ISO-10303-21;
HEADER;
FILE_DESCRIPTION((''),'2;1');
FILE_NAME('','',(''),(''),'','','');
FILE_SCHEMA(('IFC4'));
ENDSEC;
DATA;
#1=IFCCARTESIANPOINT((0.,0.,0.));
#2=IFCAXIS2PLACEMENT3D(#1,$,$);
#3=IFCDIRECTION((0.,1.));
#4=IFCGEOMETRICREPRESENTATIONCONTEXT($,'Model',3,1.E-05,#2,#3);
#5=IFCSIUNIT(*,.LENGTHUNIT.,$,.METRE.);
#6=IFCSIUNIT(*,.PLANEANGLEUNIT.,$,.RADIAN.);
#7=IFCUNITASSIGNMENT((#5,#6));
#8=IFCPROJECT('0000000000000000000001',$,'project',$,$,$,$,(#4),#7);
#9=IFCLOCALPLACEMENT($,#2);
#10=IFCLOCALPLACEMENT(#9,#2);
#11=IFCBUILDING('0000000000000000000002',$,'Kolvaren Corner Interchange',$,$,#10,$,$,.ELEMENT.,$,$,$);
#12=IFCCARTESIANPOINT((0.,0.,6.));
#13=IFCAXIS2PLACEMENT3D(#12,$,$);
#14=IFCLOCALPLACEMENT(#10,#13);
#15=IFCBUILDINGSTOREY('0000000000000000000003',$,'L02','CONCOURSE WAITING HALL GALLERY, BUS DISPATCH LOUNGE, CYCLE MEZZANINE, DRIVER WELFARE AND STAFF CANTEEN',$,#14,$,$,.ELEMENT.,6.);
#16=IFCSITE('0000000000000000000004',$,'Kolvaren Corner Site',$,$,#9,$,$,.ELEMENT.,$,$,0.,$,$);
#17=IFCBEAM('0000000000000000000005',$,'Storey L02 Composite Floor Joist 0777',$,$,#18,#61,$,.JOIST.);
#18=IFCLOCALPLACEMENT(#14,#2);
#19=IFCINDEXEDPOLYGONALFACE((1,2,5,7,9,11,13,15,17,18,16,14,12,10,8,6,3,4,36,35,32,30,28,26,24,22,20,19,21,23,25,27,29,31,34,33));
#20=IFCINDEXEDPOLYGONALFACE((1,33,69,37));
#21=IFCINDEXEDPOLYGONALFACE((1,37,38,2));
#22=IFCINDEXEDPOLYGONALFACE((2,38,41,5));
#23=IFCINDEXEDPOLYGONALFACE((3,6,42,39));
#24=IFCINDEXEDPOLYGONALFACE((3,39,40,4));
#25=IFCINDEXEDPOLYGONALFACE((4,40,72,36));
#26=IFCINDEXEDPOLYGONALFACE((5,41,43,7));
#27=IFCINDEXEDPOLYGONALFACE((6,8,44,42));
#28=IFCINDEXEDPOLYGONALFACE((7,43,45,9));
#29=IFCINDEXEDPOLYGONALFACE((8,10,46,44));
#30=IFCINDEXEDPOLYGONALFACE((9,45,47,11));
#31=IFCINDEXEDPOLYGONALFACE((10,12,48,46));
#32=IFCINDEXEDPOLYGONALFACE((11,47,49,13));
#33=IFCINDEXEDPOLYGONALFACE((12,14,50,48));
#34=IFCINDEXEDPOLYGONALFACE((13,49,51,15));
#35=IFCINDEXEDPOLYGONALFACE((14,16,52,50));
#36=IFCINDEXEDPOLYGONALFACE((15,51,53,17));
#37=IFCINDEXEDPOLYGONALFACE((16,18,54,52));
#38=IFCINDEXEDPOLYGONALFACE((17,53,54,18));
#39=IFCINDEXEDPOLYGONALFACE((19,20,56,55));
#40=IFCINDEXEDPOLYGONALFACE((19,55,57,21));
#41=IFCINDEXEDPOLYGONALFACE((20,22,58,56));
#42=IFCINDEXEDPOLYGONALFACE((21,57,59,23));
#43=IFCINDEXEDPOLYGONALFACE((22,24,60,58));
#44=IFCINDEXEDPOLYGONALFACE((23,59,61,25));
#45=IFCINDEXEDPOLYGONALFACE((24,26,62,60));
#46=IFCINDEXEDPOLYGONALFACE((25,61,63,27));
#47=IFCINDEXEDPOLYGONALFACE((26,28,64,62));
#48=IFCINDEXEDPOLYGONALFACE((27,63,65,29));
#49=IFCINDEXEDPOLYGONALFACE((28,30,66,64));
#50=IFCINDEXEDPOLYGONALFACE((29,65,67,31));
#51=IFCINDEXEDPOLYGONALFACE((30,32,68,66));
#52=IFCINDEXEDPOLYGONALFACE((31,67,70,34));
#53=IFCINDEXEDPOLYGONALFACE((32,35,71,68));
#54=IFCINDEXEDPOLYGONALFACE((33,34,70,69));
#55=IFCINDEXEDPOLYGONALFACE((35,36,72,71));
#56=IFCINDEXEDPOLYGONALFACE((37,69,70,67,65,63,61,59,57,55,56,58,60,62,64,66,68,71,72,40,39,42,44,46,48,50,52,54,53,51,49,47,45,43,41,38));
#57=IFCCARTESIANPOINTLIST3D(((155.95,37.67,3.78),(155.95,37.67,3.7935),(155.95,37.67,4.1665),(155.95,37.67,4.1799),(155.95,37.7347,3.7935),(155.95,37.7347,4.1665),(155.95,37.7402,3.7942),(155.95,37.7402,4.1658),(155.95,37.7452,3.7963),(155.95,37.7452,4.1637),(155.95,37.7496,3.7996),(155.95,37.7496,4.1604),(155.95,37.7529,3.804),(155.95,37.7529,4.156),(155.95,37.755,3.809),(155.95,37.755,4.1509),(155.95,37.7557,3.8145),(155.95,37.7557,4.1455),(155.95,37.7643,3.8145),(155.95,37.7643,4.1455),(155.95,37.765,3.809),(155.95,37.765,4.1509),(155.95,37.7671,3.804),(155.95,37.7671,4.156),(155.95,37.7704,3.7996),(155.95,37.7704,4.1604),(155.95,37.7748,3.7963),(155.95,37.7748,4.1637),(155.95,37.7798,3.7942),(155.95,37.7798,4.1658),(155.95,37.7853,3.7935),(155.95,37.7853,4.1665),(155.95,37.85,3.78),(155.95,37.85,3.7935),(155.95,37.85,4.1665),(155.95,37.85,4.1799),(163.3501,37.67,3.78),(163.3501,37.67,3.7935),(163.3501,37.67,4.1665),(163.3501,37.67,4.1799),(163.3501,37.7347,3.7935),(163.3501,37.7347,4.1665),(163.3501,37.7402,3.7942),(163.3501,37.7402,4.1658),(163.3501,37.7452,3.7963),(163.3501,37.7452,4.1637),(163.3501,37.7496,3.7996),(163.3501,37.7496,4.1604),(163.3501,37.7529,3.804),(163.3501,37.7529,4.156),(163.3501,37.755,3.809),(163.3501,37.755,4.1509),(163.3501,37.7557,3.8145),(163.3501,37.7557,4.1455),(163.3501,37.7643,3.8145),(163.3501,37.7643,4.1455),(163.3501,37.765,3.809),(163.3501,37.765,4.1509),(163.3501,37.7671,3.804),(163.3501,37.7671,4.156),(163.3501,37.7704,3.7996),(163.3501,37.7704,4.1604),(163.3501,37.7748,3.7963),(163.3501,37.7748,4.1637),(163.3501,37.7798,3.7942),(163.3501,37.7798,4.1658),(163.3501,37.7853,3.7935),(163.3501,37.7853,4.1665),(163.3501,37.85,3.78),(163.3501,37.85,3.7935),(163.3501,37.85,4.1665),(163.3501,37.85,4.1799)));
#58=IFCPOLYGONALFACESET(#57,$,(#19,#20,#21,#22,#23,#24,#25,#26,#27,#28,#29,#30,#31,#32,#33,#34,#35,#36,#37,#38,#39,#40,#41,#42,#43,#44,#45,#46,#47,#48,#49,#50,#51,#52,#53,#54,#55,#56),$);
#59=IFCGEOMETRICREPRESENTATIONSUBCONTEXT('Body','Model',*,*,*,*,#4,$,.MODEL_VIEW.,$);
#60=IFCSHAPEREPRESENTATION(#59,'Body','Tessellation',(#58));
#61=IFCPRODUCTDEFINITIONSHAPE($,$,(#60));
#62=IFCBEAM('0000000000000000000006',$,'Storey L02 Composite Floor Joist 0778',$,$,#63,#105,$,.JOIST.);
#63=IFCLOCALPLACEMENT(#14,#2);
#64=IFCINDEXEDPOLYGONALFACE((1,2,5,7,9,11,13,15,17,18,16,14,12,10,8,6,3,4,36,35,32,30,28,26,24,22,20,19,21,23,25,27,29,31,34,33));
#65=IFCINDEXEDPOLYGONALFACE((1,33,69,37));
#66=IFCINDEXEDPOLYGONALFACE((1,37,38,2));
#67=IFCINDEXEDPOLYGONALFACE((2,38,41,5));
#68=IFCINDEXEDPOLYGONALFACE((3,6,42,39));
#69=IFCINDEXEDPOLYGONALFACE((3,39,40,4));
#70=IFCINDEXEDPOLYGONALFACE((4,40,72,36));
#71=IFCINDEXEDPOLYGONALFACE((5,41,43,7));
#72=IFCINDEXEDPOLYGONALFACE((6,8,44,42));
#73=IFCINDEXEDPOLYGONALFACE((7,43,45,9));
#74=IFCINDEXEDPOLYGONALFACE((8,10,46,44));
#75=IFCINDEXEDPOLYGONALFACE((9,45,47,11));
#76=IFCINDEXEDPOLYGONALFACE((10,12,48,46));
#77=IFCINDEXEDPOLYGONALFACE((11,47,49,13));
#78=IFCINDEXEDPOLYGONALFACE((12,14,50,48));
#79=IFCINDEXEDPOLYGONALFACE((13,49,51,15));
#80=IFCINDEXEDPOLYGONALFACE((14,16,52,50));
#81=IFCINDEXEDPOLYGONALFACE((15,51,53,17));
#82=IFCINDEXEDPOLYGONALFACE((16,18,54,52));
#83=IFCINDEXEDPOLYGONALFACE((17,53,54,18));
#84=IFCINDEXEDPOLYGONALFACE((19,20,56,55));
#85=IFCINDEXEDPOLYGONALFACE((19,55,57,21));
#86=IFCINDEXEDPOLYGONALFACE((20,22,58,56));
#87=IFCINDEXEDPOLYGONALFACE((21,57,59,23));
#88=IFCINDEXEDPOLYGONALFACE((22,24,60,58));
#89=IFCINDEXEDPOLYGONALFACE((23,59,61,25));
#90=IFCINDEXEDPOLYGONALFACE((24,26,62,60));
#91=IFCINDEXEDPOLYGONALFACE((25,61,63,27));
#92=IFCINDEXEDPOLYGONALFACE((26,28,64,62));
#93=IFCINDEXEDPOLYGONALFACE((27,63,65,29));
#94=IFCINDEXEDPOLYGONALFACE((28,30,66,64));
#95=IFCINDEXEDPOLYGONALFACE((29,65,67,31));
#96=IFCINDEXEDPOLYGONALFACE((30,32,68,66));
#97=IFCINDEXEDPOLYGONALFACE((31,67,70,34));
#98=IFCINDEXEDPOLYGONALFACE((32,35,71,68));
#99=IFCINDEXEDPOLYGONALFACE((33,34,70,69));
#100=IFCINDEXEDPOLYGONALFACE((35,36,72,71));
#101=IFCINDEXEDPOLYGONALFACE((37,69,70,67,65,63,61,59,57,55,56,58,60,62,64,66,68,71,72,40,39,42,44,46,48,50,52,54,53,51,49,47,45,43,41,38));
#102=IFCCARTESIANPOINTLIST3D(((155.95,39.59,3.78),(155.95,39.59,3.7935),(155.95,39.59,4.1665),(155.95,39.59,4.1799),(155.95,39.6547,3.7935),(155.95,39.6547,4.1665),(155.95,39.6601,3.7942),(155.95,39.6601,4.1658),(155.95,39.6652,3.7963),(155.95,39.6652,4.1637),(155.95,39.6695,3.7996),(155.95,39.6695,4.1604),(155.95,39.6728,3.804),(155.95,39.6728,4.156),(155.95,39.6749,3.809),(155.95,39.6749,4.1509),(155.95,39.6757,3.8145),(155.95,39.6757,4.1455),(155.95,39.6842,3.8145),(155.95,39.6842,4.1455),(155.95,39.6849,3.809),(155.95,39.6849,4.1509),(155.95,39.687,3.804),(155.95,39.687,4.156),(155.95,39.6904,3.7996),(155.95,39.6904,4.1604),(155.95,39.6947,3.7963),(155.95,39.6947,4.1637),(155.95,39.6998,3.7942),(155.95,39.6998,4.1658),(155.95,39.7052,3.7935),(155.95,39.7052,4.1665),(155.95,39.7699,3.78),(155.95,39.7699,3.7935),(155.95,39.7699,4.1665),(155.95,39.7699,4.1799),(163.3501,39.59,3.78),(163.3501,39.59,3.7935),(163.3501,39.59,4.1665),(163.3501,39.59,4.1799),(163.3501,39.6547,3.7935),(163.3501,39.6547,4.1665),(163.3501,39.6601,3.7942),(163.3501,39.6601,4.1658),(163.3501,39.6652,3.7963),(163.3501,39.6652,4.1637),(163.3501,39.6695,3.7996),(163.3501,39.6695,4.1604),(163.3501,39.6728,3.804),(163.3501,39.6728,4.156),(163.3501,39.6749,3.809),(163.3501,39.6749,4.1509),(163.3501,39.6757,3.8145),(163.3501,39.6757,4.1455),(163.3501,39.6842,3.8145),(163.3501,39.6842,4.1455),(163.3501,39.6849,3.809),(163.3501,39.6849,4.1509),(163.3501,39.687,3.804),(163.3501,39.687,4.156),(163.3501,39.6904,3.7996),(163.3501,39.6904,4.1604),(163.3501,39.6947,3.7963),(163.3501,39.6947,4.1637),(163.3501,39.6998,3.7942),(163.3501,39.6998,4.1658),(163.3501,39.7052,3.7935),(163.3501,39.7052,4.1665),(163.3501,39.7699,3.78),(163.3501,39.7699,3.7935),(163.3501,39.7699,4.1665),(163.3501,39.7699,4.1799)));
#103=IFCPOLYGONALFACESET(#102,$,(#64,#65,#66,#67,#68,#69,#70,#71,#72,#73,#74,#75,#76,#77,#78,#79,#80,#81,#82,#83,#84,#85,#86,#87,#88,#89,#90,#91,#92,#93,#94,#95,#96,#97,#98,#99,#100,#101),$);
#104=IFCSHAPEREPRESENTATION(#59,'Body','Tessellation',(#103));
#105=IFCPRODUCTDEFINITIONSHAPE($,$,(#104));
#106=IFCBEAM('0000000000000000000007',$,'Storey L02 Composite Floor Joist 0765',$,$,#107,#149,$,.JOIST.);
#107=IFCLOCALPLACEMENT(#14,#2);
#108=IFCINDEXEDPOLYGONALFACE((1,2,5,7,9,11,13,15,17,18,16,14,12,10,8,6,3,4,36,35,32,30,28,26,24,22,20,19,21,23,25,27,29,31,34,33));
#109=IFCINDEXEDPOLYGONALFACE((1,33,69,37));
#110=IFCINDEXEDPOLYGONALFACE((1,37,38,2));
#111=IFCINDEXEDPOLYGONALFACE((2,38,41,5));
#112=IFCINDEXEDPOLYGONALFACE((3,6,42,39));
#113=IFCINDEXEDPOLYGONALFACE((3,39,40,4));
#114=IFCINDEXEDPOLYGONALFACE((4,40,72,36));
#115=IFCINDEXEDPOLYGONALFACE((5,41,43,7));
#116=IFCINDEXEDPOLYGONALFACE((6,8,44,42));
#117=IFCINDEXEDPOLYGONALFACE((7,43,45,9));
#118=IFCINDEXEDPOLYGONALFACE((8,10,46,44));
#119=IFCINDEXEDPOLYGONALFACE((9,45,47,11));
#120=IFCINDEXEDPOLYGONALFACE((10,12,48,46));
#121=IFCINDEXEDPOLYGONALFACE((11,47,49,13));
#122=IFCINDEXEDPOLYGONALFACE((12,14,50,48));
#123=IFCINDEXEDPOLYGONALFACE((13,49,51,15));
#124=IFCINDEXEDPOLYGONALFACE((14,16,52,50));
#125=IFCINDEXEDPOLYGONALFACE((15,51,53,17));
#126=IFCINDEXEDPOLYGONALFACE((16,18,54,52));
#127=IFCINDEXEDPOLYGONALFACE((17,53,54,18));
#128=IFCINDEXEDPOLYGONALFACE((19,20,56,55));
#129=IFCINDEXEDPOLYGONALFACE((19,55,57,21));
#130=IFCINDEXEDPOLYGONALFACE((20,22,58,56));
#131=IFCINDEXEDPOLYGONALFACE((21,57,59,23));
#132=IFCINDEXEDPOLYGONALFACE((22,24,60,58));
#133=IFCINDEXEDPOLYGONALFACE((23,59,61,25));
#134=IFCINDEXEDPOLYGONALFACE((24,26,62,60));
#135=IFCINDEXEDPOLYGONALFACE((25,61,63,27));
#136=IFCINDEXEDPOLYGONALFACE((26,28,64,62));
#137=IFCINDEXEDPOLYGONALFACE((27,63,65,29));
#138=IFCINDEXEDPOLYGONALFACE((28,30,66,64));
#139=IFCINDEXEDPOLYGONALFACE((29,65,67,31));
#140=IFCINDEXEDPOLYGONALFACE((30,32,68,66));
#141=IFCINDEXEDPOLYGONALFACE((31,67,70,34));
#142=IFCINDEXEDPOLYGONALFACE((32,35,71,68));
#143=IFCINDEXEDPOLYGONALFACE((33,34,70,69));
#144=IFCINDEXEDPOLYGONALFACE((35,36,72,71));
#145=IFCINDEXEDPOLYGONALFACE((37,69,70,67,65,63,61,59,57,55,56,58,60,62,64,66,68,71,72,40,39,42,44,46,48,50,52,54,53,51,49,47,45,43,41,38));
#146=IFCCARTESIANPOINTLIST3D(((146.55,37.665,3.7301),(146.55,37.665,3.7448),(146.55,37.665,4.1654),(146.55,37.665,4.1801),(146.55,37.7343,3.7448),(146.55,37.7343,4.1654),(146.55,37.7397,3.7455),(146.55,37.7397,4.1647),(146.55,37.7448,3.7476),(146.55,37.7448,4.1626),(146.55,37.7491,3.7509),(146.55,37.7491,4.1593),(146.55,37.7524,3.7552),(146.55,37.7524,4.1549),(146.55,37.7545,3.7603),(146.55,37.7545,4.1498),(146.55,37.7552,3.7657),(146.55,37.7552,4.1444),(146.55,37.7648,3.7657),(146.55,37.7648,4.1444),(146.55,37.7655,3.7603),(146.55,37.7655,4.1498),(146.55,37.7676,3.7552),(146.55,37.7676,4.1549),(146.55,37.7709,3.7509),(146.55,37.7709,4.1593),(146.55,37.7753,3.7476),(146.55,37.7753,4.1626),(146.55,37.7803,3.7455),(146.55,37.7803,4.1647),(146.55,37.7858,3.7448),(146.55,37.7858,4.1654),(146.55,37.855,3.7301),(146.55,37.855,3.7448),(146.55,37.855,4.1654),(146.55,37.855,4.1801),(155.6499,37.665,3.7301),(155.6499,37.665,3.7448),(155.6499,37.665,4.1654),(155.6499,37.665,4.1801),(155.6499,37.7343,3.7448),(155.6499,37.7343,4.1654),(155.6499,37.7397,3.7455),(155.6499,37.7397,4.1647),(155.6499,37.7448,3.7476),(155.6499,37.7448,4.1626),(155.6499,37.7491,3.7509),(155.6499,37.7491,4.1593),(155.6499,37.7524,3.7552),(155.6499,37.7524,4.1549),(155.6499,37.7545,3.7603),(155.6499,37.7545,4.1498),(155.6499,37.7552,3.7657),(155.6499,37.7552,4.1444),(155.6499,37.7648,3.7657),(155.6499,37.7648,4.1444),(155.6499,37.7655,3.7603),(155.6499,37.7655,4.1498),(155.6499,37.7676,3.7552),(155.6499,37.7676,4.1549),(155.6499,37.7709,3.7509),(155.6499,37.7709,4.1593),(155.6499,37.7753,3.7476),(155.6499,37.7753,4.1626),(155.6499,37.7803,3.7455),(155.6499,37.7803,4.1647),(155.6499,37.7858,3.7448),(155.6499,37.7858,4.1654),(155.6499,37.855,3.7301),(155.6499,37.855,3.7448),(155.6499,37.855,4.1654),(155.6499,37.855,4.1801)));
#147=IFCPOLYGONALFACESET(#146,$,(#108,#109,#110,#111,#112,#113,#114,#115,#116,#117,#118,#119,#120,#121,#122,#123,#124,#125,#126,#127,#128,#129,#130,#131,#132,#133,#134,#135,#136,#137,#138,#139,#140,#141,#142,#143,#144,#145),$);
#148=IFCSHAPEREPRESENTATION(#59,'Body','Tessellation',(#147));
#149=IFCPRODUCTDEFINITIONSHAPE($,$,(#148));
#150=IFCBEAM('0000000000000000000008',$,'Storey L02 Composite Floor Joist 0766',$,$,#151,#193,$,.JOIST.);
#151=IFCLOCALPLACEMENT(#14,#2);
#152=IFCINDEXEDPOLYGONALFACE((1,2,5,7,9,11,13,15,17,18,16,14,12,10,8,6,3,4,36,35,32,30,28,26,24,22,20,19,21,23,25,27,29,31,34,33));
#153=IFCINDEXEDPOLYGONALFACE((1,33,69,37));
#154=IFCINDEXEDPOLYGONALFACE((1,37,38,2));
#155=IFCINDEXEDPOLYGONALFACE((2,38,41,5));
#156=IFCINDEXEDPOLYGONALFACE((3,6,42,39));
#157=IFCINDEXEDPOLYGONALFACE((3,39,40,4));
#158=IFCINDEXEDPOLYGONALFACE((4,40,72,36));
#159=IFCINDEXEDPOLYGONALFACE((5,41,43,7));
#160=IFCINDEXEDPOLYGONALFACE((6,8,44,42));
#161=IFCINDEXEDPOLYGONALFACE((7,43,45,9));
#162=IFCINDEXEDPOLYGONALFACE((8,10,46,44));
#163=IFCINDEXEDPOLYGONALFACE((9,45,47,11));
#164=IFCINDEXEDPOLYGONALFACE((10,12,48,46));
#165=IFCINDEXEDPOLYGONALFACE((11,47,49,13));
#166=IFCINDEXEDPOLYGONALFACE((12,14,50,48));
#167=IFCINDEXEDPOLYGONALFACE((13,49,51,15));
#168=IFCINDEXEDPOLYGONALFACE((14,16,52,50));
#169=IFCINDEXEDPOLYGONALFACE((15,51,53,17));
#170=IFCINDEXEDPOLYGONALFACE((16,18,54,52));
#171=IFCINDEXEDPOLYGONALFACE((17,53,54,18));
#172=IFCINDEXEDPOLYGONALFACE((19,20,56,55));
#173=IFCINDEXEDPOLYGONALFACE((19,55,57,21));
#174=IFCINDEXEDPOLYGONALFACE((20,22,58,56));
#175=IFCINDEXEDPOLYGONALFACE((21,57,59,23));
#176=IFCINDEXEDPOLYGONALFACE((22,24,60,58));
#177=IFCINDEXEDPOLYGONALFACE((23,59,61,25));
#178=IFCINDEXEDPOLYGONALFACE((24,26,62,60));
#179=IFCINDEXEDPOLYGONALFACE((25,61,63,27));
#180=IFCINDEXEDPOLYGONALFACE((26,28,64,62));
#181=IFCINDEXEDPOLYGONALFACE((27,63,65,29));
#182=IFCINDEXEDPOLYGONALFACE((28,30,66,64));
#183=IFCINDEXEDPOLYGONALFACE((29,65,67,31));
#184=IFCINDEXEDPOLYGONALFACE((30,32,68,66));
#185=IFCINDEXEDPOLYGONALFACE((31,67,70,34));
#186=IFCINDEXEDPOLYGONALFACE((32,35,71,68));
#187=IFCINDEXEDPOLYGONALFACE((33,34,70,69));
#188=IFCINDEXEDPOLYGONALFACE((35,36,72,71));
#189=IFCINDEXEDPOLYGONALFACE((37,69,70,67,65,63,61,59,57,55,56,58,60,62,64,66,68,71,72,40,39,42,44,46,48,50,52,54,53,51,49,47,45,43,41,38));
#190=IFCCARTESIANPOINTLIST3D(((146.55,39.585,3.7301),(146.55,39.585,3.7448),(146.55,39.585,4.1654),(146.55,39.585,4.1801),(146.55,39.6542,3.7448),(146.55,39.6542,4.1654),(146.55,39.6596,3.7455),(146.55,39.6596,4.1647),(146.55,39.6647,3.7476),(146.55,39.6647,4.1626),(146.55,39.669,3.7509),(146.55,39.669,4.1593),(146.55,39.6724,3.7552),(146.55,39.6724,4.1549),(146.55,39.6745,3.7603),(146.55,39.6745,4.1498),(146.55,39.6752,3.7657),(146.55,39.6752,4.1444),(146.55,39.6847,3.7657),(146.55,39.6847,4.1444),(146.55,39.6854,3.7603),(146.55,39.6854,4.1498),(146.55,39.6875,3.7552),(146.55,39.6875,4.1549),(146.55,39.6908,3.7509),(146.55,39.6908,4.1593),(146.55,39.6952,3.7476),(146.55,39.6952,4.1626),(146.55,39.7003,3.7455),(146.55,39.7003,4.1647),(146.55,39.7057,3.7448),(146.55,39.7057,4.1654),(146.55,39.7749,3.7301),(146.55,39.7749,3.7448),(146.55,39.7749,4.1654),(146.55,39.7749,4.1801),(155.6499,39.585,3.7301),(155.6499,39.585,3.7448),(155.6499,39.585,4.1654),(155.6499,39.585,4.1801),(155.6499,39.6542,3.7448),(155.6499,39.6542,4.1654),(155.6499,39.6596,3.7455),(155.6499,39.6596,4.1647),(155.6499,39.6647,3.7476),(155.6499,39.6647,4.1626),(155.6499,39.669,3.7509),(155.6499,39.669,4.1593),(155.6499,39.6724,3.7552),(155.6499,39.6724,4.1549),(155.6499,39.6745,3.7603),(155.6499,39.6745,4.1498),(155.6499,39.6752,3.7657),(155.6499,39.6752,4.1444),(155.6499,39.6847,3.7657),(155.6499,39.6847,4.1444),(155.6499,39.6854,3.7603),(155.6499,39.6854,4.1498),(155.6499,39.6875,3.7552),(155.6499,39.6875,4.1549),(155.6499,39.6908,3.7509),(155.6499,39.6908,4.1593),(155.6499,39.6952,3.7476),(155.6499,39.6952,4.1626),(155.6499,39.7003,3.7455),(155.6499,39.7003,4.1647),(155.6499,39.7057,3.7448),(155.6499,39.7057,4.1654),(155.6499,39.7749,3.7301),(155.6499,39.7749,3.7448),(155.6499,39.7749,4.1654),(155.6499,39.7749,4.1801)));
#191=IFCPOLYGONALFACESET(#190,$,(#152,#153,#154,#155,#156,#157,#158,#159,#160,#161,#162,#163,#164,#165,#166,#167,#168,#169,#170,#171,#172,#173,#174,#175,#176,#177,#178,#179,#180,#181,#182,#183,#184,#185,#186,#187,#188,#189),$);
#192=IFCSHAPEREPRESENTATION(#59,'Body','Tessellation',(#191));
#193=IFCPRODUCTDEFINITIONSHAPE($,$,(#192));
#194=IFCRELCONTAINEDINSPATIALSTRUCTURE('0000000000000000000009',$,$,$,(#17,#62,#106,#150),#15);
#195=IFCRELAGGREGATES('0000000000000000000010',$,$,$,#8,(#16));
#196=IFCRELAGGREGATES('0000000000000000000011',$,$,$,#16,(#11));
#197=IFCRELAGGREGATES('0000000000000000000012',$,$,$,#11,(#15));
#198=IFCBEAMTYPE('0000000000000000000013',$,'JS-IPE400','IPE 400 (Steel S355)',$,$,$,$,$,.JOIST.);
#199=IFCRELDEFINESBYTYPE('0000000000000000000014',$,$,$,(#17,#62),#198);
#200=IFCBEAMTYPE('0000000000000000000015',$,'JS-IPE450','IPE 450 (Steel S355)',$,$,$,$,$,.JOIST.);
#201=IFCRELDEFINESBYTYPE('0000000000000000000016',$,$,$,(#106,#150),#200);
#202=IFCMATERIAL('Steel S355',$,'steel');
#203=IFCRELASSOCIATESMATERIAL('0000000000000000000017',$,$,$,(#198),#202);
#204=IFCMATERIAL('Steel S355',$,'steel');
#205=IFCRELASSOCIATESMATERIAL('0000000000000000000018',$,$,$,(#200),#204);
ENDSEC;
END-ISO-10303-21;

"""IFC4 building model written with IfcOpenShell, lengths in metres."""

from ifc_helpers import new_model, si_unit, direction, frame, origin, origin_2d, place, context, subcontext, project, spatial, i_section, extrude, material, material_profile, profile_set, type_object, element, save


model = new_model("IFC4")

# Units and contexts
model_context = context("Model", 3, precision=1e-05, world=origin(), true_north=direction((0.0, 1.0)))
body_context = subcontext(model_context, "Body", "Model", "MODEL_VIEW")
ifc_project = project(units=[si_unit("LENGTHUNIT", "METRE"), si_unit("PLANEANGLEUNIT", "RADIAN")], contexts=[model_context])

# Site, building, storey
site_placement = place(None, origin())
site = spatial("IfcSite", under=ifc_project, at=site_placement, Name="Kolvaren Corner Site", CompositionType="ELEMENT", RefElevation=0.0)
building_placement = place(site_placement, origin())
building = spatial("IfcBuilding", under=site, at=building_placement, Name="Kolvaren Corner Interchange", CompositionType="ELEMENT")
storey_placement = place(building_placement, frame((0.0, 0.0, 6.0)))
storey = spatial("IfcBuildingStorey", under=building, at=storey_placement, Name="L02", Description="CONCOURSE WAITING HALL GALLERY, BUS DISPATCH LOUNGE, CYCLE MEZZANINE, DRIVER WELFARE AND STAFF CANTEEN", CompositionType="ELEMENT", Elevation=6.0)

# Beams
ifc_material_1 = material(Name="Steel S355", Category="steel")
ifc_material_profile_1 = material_profile(ifc_material_1, i_section(OverallWidth=0.1799, OverallDepth=0.3999, WebThickness=0.0085, FlangeThickness=0.0134, FilletRadius=0.021, at=origin_2d()), Name="IPE 400")
ifc_profile_set_1 = profile_set([ifc_material_profile_1], Name="Steel S355")
beam_type_1 = type_object("IfcBeamType", Name="JS-IPE400", Description="IPE 400 (Steel S355)", PredefinedType="JOIST", material=ifc_profile_set_1)
for number, where, z_axis, x_axis, name in (
    (1, (155.95, 37.76, 3.98), (1.0, 0.0, 0.0), (0.0, 1.0, 0.0), "Storey L02 Composite Floor Joist 0777"),
    (2, (155.95, 39.6799, 3.98), (1.0, 0.0, 0.0), (0.0, 1.0, 0.0), "Storey L02 Composite Floor Joist 0778"),
):
    element("IfcBeam", number, at=place(storey_placement, frame(where, z_axis=z_axis, x_axis=x_axis)), inside=storey, type_object=beam_type_1, Name=name, PredefinedType="JOIST", context=body_context, shape_type="SweptSolid", body=[
        extrude(i_section(OverallWidth=0.1799, OverallDepth=0.3999, WebThickness=0.0085, FlangeThickness=0.0134, FilletRadius=0.021, at=origin_2d()), origin(), (0.0, 0.0, 1.0), 7.4001),
    ])
ifc_material_2 = material(Name="Steel S355", Category="steel")
ifc_material_profile_2 = material_profile(ifc_material_2, i_section(OverallWidth=0.1899, OverallDepth=0.45, WebThickness=0.0095, FlangeThickness=0.0146, FilletRadius=0.021, at=origin_2d()), Name="IPE 450")
ifc_profile_set_2 = profile_set([ifc_material_profile_2], Name="Steel S355")
beam_type_2 = type_object("IfcBeamType", Name="JS-IPE450", Description="IPE 450 (Steel S355)", PredefinedType="JOIST", material=ifc_profile_set_2)
for number, where, z_axis, x_axis, name in (
    (3, (146.55, 37.76, 3.9551), (1.0, 0.0, 0.0), (0.0, 1.0, 0.0), "Storey L02 Composite Floor Joist 0765"),
    (4, (146.55, 39.6799, 3.9551), (1.0, 0.0, 0.0), (0.0, 1.0, 0.0), "Storey L02 Composite Floor Joist 0766"),
):
    element("IfcBeam", number, at=place(storey_placement, frame(where, z_axis=z_axis, x_axis=x_axis)), inside=storey, type_object=beam_type_2, Name=name, PredefinedType="JOIST", context=body_context, shape_type="SweptSolid", body=[
        extrude(i_section(OverallWidth=0.1899, OverallDepth=0.45, WebThickness=0.0095, FlangeThickness=0.0146, FilletRadius=0.021, at=origin_2d()), origin(), (0.0, 0.0, 1.0), 9.0999),
    ])

save(model, "model.ifc")
